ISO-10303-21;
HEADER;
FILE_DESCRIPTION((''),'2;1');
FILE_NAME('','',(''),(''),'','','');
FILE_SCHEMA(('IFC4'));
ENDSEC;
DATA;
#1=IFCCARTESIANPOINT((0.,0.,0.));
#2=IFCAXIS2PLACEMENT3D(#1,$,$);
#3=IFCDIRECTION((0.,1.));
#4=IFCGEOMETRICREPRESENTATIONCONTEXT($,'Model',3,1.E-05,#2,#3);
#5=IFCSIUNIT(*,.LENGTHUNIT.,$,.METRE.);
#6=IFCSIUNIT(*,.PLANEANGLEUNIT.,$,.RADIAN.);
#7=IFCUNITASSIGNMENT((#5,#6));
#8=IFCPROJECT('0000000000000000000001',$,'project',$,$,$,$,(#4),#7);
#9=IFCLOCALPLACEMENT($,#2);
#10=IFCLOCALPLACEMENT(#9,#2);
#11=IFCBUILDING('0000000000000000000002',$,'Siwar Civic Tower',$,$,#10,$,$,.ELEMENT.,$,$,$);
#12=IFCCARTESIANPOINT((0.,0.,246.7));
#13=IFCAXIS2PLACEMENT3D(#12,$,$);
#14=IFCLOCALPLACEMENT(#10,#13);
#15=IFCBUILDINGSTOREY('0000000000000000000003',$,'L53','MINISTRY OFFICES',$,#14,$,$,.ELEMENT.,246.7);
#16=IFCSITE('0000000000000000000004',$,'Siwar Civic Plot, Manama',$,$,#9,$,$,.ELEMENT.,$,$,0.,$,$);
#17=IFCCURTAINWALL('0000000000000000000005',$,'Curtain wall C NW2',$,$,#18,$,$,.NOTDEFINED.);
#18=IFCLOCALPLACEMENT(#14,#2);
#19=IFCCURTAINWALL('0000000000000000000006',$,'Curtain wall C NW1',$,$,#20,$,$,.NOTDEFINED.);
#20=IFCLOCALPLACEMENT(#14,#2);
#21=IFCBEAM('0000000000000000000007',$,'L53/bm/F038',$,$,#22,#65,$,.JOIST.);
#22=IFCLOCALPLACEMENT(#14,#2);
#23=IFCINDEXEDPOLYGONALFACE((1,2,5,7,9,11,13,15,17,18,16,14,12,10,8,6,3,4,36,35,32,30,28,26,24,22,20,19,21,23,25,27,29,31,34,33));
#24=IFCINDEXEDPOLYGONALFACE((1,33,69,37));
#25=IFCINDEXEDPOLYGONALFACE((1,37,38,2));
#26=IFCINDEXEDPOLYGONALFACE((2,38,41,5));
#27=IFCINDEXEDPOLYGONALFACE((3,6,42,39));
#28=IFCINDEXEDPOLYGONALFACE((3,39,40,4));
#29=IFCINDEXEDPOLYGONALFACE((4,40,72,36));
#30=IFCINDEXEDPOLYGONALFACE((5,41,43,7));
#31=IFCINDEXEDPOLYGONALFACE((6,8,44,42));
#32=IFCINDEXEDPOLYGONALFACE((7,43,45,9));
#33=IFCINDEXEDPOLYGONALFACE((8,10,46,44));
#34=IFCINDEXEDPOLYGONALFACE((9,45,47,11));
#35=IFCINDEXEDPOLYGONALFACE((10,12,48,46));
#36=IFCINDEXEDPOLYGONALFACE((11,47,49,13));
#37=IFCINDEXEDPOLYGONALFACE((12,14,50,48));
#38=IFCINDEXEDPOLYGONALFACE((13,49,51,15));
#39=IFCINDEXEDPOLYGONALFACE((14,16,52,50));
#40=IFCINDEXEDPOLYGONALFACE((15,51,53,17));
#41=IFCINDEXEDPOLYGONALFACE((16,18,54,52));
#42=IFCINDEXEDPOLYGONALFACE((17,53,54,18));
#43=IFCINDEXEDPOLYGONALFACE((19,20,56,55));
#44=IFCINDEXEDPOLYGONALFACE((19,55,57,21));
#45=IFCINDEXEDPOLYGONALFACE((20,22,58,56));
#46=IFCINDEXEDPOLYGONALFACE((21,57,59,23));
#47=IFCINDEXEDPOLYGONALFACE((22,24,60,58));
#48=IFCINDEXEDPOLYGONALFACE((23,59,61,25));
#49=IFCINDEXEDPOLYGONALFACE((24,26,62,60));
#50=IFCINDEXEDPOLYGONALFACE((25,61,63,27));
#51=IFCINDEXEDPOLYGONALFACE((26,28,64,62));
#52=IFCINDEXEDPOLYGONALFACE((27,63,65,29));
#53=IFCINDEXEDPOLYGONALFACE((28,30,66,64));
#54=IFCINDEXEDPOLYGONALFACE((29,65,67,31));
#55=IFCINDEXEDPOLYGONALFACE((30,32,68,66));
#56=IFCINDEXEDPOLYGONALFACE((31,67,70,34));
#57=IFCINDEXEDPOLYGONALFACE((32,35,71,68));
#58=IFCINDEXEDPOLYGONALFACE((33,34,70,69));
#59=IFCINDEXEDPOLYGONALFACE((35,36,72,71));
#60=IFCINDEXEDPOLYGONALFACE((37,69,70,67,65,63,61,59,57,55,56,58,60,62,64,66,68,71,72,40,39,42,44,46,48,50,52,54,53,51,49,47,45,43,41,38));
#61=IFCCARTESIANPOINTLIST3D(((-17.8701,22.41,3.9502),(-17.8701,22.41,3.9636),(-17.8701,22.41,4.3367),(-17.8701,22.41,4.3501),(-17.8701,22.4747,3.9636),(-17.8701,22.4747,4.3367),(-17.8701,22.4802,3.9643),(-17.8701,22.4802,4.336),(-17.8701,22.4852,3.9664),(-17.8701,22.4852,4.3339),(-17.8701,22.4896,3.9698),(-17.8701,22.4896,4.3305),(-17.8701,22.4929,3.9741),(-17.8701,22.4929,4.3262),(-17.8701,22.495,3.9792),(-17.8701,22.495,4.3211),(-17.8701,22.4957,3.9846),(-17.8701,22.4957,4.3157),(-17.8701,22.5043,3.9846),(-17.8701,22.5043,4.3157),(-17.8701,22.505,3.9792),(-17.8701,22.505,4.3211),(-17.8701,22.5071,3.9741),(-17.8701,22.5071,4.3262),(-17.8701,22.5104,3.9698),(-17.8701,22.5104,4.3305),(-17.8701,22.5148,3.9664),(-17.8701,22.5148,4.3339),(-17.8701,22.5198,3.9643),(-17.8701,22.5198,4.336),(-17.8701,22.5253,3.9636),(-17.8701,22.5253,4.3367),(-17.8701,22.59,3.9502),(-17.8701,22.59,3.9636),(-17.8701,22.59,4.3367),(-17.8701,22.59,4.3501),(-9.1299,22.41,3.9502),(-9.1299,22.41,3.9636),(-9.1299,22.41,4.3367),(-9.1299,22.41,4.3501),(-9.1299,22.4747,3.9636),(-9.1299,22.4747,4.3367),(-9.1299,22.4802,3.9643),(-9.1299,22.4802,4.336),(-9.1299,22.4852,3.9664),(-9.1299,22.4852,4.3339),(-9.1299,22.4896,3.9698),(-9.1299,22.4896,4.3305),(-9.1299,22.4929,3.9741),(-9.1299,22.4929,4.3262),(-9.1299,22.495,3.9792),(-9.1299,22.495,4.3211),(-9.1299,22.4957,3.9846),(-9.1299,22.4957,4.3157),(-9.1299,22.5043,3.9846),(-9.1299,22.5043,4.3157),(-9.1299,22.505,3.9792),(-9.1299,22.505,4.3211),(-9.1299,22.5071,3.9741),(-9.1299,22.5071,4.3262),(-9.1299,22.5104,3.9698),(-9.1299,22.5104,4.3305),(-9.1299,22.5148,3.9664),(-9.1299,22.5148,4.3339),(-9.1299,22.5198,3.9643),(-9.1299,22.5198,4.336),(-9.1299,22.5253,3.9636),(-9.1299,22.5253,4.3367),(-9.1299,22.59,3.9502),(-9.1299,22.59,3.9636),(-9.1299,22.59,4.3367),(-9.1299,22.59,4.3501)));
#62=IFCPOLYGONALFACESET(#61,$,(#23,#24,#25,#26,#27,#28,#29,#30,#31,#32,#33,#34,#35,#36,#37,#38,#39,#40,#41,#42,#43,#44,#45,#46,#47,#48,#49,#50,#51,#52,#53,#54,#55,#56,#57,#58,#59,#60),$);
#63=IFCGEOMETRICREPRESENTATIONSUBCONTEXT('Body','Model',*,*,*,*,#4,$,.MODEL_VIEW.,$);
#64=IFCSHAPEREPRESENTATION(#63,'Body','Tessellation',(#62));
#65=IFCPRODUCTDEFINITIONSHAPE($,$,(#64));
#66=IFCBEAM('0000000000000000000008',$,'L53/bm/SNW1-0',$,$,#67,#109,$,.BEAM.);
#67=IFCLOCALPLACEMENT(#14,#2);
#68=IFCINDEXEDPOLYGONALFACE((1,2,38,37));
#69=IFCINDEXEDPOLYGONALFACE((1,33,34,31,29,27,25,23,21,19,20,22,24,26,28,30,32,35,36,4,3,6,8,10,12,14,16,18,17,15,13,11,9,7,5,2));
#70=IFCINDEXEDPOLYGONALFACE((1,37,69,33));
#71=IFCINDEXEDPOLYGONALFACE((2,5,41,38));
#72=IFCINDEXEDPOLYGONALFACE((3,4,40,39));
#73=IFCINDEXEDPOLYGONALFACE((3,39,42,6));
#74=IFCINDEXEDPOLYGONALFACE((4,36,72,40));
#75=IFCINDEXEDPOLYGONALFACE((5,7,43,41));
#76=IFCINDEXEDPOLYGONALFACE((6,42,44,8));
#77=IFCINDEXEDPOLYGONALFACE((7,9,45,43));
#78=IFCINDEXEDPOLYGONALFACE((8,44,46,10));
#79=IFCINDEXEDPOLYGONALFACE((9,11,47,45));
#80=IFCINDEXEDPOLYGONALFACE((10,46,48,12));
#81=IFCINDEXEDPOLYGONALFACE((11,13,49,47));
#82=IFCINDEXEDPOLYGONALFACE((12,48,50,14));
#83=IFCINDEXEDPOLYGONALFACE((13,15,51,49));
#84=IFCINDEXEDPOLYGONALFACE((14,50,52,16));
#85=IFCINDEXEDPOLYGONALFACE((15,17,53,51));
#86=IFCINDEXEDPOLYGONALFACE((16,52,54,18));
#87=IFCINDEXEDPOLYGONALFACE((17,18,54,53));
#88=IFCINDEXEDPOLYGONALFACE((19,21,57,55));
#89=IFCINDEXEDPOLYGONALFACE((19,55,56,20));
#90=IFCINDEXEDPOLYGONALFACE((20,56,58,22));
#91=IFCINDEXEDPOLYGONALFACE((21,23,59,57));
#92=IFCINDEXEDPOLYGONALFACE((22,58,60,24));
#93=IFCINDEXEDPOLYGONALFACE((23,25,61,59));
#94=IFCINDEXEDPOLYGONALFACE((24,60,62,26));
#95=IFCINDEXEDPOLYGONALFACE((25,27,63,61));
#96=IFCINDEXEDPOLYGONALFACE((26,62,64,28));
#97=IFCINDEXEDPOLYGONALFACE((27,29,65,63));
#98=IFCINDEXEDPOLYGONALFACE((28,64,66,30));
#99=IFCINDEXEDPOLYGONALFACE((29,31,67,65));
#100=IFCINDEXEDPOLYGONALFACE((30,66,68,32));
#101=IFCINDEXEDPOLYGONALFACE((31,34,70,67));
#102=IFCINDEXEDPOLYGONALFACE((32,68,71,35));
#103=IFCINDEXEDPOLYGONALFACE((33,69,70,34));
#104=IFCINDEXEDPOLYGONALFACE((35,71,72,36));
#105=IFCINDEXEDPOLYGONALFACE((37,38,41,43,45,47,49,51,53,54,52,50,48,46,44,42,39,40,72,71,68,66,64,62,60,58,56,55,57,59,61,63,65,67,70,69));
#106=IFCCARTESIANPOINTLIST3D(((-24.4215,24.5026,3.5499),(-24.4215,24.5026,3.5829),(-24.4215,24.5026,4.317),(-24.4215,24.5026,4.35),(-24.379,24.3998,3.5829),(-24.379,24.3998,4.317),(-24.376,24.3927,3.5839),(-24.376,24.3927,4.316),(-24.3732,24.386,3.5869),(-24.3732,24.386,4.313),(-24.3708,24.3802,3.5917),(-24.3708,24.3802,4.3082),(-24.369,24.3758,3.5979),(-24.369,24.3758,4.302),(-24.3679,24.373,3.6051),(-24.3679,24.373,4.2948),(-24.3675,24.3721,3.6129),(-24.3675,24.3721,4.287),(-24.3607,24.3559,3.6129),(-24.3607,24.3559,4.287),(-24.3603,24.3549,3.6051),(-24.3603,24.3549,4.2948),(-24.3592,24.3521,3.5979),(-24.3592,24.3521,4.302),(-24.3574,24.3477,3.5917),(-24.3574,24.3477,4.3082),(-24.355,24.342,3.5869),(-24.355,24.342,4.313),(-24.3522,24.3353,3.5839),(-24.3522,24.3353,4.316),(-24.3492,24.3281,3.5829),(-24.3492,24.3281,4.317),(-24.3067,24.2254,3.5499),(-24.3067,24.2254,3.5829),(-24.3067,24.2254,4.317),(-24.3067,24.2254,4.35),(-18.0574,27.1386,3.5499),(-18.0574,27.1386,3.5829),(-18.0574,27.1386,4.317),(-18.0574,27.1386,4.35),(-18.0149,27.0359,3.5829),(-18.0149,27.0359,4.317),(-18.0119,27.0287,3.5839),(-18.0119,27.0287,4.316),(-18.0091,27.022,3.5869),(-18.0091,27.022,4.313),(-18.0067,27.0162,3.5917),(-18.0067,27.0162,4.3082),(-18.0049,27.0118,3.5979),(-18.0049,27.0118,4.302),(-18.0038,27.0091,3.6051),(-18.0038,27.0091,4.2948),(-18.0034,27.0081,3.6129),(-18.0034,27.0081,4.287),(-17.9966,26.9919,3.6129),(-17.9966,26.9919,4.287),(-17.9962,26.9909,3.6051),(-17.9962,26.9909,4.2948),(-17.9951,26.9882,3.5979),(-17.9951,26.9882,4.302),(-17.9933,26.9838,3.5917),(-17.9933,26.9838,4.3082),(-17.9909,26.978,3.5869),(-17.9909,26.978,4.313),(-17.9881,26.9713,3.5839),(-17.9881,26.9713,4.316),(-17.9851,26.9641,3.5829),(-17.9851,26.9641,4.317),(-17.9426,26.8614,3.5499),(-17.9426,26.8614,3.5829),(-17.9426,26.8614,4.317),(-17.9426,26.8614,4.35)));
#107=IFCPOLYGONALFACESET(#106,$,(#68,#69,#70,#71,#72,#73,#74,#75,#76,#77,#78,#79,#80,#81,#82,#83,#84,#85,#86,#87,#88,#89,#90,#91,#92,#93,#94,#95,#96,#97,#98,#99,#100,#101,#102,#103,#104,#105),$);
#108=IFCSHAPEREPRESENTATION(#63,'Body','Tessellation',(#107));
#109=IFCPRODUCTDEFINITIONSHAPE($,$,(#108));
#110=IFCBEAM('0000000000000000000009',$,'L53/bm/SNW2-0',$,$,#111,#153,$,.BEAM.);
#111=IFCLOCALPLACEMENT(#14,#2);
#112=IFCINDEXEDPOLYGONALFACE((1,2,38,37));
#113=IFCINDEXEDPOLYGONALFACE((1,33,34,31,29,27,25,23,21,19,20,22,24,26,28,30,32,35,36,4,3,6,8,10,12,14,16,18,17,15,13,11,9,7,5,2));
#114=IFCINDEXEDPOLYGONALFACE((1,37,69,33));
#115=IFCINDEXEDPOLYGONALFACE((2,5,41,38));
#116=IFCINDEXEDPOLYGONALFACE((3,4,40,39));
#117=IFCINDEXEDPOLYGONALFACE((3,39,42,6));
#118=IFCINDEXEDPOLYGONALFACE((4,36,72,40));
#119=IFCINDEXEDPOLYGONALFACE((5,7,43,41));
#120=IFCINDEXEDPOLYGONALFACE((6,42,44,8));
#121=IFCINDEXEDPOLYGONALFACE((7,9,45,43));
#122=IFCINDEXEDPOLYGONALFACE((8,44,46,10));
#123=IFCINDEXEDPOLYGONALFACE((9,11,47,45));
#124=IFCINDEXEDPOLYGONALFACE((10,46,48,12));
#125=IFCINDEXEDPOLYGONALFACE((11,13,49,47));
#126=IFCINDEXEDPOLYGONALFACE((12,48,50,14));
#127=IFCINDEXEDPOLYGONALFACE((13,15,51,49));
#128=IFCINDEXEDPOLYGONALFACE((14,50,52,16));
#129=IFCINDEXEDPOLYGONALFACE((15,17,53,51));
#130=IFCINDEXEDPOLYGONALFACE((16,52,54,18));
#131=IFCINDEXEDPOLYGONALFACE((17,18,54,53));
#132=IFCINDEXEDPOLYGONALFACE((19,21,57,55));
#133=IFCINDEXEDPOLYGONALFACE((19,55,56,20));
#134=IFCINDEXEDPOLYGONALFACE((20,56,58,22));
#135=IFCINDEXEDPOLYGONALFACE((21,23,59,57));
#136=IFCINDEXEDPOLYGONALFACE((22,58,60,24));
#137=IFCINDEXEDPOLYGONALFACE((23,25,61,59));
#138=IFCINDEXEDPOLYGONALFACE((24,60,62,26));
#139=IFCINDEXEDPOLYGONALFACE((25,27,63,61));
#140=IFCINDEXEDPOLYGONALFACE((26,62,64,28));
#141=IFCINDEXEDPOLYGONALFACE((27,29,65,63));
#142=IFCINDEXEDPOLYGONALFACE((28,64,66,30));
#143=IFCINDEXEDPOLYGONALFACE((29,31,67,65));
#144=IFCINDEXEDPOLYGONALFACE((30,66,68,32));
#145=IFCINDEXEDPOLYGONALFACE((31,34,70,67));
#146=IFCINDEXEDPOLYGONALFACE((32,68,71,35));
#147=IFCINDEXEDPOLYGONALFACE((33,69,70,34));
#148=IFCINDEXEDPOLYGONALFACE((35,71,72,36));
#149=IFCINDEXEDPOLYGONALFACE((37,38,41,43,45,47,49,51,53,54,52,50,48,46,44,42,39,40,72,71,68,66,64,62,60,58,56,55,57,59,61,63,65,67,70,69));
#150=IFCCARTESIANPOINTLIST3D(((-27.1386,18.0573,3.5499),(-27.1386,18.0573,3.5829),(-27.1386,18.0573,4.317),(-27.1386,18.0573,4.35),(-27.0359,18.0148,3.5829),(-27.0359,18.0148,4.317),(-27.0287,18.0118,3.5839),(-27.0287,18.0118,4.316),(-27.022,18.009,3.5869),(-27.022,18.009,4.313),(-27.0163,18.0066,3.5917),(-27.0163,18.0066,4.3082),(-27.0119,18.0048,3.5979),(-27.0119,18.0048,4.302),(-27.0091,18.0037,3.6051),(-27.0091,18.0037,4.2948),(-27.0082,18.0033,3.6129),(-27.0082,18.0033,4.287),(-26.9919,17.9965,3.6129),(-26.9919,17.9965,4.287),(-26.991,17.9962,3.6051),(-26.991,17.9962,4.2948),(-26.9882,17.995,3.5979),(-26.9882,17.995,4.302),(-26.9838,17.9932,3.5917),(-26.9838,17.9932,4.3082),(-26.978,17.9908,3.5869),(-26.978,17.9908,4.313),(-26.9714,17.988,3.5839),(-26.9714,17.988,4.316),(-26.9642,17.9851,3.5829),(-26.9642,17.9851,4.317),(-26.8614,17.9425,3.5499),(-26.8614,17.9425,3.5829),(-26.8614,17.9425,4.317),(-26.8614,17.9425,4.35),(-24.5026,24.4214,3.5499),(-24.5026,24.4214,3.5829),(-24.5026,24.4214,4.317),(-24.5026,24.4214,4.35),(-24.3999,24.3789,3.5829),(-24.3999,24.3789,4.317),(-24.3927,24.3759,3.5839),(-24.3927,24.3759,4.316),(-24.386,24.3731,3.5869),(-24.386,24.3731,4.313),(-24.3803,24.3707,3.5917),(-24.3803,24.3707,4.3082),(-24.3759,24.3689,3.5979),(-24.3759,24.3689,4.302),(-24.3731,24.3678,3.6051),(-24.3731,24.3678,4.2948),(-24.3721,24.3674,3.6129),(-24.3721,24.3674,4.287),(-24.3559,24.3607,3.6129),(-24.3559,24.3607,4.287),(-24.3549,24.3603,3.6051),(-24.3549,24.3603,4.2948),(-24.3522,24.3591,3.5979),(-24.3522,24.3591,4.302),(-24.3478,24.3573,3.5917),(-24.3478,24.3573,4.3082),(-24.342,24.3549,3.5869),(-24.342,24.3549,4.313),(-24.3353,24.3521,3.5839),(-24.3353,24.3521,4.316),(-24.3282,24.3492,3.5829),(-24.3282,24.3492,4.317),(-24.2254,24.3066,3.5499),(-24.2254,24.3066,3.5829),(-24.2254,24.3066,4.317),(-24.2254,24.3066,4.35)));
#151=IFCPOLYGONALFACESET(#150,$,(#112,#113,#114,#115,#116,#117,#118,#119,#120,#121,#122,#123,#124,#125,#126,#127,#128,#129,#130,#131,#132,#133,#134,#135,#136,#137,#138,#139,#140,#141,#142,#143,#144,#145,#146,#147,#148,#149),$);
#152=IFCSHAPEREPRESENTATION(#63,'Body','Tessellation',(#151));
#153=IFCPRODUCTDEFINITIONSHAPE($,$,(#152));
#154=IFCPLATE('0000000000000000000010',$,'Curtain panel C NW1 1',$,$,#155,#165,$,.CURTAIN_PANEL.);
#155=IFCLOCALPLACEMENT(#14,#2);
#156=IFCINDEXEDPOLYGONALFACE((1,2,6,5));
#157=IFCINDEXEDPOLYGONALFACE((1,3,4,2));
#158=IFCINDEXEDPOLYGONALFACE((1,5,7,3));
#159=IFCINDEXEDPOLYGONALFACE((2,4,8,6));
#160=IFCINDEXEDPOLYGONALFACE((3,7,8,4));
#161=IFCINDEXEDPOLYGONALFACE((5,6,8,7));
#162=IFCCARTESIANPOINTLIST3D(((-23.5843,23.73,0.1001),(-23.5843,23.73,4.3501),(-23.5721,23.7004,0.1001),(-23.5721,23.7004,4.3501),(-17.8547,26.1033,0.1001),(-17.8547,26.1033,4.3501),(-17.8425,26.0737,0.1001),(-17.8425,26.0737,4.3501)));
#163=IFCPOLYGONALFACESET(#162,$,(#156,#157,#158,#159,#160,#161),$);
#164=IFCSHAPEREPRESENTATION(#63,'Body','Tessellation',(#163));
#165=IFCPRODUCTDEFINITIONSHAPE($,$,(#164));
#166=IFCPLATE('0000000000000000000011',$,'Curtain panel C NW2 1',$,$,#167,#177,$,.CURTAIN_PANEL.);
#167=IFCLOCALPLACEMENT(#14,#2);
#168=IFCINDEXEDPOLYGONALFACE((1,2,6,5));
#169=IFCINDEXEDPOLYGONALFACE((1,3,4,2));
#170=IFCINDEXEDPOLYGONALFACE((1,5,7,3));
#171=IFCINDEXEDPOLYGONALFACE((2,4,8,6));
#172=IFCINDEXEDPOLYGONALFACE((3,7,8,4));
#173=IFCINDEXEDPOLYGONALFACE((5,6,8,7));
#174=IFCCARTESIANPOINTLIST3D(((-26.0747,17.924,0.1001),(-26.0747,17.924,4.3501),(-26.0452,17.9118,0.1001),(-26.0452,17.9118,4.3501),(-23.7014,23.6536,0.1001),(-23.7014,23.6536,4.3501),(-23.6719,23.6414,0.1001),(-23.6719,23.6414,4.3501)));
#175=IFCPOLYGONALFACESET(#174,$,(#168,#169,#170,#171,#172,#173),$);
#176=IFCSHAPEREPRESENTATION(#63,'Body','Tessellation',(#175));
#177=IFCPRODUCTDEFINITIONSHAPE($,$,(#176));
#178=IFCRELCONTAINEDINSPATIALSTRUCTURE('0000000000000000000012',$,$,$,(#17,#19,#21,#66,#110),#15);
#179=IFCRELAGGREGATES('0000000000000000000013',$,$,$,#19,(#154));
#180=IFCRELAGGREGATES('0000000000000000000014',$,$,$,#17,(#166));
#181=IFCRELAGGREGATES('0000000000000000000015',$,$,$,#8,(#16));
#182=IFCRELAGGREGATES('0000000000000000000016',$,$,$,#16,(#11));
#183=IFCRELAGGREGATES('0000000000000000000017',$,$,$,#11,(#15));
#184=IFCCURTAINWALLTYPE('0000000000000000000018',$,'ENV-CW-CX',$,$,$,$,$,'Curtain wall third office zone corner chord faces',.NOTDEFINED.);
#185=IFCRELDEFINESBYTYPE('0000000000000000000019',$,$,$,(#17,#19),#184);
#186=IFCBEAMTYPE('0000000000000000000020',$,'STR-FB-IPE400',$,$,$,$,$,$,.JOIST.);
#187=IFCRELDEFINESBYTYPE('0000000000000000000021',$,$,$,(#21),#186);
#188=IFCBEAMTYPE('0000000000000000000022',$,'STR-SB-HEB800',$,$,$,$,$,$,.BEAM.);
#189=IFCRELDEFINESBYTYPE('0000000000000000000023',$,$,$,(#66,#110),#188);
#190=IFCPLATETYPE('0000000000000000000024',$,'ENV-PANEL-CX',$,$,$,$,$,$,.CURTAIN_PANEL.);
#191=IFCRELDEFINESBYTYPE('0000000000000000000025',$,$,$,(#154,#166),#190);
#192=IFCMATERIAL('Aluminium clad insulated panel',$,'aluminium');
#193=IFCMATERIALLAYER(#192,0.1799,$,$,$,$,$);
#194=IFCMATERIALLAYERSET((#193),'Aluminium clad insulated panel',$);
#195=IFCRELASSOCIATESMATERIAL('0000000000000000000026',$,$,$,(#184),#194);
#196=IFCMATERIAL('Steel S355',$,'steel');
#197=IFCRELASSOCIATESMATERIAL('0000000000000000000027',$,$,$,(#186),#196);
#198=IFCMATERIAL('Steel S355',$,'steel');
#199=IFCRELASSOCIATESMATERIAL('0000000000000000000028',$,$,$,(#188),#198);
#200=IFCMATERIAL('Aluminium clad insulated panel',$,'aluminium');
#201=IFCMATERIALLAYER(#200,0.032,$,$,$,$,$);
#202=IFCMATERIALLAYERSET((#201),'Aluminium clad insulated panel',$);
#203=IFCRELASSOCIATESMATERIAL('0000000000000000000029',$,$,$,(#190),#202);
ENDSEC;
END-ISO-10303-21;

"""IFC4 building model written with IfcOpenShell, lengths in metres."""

from ifc_helpers import new_model, si_unit, direction, frame, origin, origin_2d, place, context, subcontext, project, spatial, rectangle, i_section, extrude, material, layer, layer_set, material_profile, profile_set, type_object, element, aggregate, save


model = new_model("IFC4")

# Units and contexts
model_context = context("Model", 3, precision=1e-05, world=origin(), true_north=direction((0.0, 1.0)))
body_context = subcontext(model_context, "Body", "Model", "MODEL_VIEW")
ifc_project = project(units=[si_unit("LENGTHUNIT", "METRE"), si_unit("PLANEANGLEUNIT", "RADIAN")], contexts=[model_context])

# Site, building, storey
site_placement = place(None, origin())
site = spatial("IfcSite", under=ifc_project, at=site_placement, Name="Siwar Civic Plot, Manama", CompositionType="ELEMENT", RefElevation=0.0)
building_placement = place(site_placement, origin())
building = spatial("IfcBuilding", under=site, at=building_placement, Name="Siwar Civic Tower", CompositionType="ELEMENT")
storey_placement = place(building_placement, frame((0.0, 0.0, 246.7)))
storey = spatial("IfcBuildingStorey", under=building, at=storey_placement, Name="L53", Description="MINISTRY OFFICES", CompositionType="ELEMENT", Elevation=246.7)

# Curtain walls
ifc_material_1 = material(Name="Aluminium clad insulated panel", Category="aluminium")
ifc_layer_1 = layer(ifc_material_1, 0.1799)
ifc_layer_set_1 = layer_set([ifc_layer_1], Name="Aluminium clad insulated panel")
curtain_wall_type = type_object("IfcCurtainWallType", Name="ENV-CW-CX", ElementType="Curtain wall third office zone corner chord faces", PredefinedType="NOTDEFINED", material=ifc_layer_set_1)
curtain_wall_1_placement = place(storey_placement, origin())
curtain_wall_1 = element("IfcCurtainWall", 1, at=curtain_wall_1_placement, inside=storey, type_object=curtain_wall_type, Name="Curtain wall C NW2", PredefinedType="NOTDEFINED")
curtain_wall_2_placement = place(storey_placement, origin())
curtain_wall_2 = element("IfcCurtainWall", 2, at=curtain_wall_2_placement, inside=storey, type_object=curtain_wall_type, Name="Curtain wall C NW1", PredefinedType="NOTDEFINED")

# Beams
ifc_material_2 = material(Name="Steel S355", Category="steel")
ifc_material_profile_1 = material_profile(ifc_material_2, i_section(OverallWidth=0.1799, OverallDepth=0.3999, WebThickness=0.0085, FlangeThickness=0.0134, FilletRadius=0.021, at=origin_2d()), Name="IPE400")
ifc_profile_set_1 = profile_set([ifc_material_profile_1], Name="Steel S355")
beam_type_1 = type_object("IfcBeamType", Name="STR-FB-IPE400", PredefinedType="JOIST", material=ifc_profile_set_1)
beam_1_placement = place(storey_placement, frame((-17.8701, 22.5, 4.1501), z_axis=(1.0, 0.0, 0.0), x_axis=(0.0, 1.0, 0.0)))
element("IfcBeam", 3, at=beam_1_placement, inside=storey, type_object=beam_type_1, Name="L53/bm/F038", PredefinedType="JOIST", context=body_context, shape_type="SweptSolid", body=[
    extrude(i_section(OverallWidth=0.1799, OverallDepth=0.3999, WebThickness=0.0085, FlangeThickness=0.0134, FilletRadius=0.021, at=origin_2d()), origin(), (0.0, 0.0, 1.0), 8.7402),
])
ifc_material_3 = material(Name="Steel S355", Category="steel")
ifc_material_profile_2 = material_profile(ifc_material_3, i_section(OverallWidth=0.3, OverallDepth=0.8, WebThickness=0.0176, FlangeThickness=0.033, FilletRadius=0.03, at=origin_2d()), Name="HEB800")
ifc_profile_set_2 = profile_set([ifc_material_profile_2], Name="Steel S355")
beam_type_2 = type_object("IfcBeamType", Name="STR-SB-HEB800", PredefinedType="BEAM", material=ifc_profile_set_2)
for number, where, z_axis, x_axis, name in (
    (4, (-18.0, 27.0, 3.95), (-0.923883, -0.382674, 0.0), (0.382674, -0.923883, 0.0), "L53/bm/SNW1-0"),
    (5, (-24.364, 24.364, 3.95), (-0.382674, -0.923883, 0.0), (0.923883, -0.382674, 0.0), "L53/bm/SNW2-0"),
):
    element("IfcBeam", number, at=place(storey_placement, frame(where, z_axis=z_axis, x_axis=x_axis)), inside=storey, type_object=beam_type_2, Name=name, PredefinedType="BEAM", context=body_context, shape_type="SweptSolid", body=[
        extrude(i_section(OverallWidth=0.3, OverallDepth=0.8, WebThickness=0.0176, FlangeThickness=0.033, FilletRadius=0.03, at=origin_2d()), origin(), (0.0, 0.0, 1.0), 6.8884),
    ])

# Plates
ifc_material_4 = material(Name="Aluminium clad insulated panel", Category="aluminium")
ifc_layer_2 = layer(ifc_material_4, 0.032)
ifc_layer_set_2 = layer_set([ifc_layer_2], Name="Aluminium clad insulated panel")
plate_type = type_object("IfcPlateType", Name="ENV-PANEL-CX", PredefinedType="CURTAIN_PANEL", material=ifc_layer_set_2)
plate_1_placement = place(storey_placement, frame((-20.7134, 24.9019, 0.1001), z_axis=(0.0, 0.0, 1.0), x_axis=(-0.92388, -0.382683, 0.0)))
plate_1 = element("IfcPlate", 6, at=plate_1_placement, type_object=plate_type, Name="Curtain panel C NW1 1", PredefinedType="CURTAIN_PANEL", context=body_context, shape_type="SweptSolid", body=[
    extrude(rectangle(XDim=6.2017, YDim=0.032, at=origin_2d()), origin(), (0.0, 0.0, 1.0), 4.25),
])
aggregate(curtain_wall_2, [plate_1])
plate_2_placement = place(storey_placement, frame((-24.8733, 20.7827, 0.1001), z_axis=(0.0, 0.0, 1.0), x_axis=(-0.382683, -0.92388, 0.0)))
plate_2 = element("IfcPlate", 7, at=plate_2_placement, type_object=plate_type, Name="Curtain panel C NW2 1", PredefinedType="CURTAIN_PANEL", context=body_context, shape_type="SweptSolid", body=[
    extrude(rectangle(XDim=6.2017, YDim=0.032, at=origin_2d()), origin(), (0.0, 0.0, 1.0), 4.25),
])
aggregate(curtain_wall_1, [plate_2])

save(model, "model.ifc")
